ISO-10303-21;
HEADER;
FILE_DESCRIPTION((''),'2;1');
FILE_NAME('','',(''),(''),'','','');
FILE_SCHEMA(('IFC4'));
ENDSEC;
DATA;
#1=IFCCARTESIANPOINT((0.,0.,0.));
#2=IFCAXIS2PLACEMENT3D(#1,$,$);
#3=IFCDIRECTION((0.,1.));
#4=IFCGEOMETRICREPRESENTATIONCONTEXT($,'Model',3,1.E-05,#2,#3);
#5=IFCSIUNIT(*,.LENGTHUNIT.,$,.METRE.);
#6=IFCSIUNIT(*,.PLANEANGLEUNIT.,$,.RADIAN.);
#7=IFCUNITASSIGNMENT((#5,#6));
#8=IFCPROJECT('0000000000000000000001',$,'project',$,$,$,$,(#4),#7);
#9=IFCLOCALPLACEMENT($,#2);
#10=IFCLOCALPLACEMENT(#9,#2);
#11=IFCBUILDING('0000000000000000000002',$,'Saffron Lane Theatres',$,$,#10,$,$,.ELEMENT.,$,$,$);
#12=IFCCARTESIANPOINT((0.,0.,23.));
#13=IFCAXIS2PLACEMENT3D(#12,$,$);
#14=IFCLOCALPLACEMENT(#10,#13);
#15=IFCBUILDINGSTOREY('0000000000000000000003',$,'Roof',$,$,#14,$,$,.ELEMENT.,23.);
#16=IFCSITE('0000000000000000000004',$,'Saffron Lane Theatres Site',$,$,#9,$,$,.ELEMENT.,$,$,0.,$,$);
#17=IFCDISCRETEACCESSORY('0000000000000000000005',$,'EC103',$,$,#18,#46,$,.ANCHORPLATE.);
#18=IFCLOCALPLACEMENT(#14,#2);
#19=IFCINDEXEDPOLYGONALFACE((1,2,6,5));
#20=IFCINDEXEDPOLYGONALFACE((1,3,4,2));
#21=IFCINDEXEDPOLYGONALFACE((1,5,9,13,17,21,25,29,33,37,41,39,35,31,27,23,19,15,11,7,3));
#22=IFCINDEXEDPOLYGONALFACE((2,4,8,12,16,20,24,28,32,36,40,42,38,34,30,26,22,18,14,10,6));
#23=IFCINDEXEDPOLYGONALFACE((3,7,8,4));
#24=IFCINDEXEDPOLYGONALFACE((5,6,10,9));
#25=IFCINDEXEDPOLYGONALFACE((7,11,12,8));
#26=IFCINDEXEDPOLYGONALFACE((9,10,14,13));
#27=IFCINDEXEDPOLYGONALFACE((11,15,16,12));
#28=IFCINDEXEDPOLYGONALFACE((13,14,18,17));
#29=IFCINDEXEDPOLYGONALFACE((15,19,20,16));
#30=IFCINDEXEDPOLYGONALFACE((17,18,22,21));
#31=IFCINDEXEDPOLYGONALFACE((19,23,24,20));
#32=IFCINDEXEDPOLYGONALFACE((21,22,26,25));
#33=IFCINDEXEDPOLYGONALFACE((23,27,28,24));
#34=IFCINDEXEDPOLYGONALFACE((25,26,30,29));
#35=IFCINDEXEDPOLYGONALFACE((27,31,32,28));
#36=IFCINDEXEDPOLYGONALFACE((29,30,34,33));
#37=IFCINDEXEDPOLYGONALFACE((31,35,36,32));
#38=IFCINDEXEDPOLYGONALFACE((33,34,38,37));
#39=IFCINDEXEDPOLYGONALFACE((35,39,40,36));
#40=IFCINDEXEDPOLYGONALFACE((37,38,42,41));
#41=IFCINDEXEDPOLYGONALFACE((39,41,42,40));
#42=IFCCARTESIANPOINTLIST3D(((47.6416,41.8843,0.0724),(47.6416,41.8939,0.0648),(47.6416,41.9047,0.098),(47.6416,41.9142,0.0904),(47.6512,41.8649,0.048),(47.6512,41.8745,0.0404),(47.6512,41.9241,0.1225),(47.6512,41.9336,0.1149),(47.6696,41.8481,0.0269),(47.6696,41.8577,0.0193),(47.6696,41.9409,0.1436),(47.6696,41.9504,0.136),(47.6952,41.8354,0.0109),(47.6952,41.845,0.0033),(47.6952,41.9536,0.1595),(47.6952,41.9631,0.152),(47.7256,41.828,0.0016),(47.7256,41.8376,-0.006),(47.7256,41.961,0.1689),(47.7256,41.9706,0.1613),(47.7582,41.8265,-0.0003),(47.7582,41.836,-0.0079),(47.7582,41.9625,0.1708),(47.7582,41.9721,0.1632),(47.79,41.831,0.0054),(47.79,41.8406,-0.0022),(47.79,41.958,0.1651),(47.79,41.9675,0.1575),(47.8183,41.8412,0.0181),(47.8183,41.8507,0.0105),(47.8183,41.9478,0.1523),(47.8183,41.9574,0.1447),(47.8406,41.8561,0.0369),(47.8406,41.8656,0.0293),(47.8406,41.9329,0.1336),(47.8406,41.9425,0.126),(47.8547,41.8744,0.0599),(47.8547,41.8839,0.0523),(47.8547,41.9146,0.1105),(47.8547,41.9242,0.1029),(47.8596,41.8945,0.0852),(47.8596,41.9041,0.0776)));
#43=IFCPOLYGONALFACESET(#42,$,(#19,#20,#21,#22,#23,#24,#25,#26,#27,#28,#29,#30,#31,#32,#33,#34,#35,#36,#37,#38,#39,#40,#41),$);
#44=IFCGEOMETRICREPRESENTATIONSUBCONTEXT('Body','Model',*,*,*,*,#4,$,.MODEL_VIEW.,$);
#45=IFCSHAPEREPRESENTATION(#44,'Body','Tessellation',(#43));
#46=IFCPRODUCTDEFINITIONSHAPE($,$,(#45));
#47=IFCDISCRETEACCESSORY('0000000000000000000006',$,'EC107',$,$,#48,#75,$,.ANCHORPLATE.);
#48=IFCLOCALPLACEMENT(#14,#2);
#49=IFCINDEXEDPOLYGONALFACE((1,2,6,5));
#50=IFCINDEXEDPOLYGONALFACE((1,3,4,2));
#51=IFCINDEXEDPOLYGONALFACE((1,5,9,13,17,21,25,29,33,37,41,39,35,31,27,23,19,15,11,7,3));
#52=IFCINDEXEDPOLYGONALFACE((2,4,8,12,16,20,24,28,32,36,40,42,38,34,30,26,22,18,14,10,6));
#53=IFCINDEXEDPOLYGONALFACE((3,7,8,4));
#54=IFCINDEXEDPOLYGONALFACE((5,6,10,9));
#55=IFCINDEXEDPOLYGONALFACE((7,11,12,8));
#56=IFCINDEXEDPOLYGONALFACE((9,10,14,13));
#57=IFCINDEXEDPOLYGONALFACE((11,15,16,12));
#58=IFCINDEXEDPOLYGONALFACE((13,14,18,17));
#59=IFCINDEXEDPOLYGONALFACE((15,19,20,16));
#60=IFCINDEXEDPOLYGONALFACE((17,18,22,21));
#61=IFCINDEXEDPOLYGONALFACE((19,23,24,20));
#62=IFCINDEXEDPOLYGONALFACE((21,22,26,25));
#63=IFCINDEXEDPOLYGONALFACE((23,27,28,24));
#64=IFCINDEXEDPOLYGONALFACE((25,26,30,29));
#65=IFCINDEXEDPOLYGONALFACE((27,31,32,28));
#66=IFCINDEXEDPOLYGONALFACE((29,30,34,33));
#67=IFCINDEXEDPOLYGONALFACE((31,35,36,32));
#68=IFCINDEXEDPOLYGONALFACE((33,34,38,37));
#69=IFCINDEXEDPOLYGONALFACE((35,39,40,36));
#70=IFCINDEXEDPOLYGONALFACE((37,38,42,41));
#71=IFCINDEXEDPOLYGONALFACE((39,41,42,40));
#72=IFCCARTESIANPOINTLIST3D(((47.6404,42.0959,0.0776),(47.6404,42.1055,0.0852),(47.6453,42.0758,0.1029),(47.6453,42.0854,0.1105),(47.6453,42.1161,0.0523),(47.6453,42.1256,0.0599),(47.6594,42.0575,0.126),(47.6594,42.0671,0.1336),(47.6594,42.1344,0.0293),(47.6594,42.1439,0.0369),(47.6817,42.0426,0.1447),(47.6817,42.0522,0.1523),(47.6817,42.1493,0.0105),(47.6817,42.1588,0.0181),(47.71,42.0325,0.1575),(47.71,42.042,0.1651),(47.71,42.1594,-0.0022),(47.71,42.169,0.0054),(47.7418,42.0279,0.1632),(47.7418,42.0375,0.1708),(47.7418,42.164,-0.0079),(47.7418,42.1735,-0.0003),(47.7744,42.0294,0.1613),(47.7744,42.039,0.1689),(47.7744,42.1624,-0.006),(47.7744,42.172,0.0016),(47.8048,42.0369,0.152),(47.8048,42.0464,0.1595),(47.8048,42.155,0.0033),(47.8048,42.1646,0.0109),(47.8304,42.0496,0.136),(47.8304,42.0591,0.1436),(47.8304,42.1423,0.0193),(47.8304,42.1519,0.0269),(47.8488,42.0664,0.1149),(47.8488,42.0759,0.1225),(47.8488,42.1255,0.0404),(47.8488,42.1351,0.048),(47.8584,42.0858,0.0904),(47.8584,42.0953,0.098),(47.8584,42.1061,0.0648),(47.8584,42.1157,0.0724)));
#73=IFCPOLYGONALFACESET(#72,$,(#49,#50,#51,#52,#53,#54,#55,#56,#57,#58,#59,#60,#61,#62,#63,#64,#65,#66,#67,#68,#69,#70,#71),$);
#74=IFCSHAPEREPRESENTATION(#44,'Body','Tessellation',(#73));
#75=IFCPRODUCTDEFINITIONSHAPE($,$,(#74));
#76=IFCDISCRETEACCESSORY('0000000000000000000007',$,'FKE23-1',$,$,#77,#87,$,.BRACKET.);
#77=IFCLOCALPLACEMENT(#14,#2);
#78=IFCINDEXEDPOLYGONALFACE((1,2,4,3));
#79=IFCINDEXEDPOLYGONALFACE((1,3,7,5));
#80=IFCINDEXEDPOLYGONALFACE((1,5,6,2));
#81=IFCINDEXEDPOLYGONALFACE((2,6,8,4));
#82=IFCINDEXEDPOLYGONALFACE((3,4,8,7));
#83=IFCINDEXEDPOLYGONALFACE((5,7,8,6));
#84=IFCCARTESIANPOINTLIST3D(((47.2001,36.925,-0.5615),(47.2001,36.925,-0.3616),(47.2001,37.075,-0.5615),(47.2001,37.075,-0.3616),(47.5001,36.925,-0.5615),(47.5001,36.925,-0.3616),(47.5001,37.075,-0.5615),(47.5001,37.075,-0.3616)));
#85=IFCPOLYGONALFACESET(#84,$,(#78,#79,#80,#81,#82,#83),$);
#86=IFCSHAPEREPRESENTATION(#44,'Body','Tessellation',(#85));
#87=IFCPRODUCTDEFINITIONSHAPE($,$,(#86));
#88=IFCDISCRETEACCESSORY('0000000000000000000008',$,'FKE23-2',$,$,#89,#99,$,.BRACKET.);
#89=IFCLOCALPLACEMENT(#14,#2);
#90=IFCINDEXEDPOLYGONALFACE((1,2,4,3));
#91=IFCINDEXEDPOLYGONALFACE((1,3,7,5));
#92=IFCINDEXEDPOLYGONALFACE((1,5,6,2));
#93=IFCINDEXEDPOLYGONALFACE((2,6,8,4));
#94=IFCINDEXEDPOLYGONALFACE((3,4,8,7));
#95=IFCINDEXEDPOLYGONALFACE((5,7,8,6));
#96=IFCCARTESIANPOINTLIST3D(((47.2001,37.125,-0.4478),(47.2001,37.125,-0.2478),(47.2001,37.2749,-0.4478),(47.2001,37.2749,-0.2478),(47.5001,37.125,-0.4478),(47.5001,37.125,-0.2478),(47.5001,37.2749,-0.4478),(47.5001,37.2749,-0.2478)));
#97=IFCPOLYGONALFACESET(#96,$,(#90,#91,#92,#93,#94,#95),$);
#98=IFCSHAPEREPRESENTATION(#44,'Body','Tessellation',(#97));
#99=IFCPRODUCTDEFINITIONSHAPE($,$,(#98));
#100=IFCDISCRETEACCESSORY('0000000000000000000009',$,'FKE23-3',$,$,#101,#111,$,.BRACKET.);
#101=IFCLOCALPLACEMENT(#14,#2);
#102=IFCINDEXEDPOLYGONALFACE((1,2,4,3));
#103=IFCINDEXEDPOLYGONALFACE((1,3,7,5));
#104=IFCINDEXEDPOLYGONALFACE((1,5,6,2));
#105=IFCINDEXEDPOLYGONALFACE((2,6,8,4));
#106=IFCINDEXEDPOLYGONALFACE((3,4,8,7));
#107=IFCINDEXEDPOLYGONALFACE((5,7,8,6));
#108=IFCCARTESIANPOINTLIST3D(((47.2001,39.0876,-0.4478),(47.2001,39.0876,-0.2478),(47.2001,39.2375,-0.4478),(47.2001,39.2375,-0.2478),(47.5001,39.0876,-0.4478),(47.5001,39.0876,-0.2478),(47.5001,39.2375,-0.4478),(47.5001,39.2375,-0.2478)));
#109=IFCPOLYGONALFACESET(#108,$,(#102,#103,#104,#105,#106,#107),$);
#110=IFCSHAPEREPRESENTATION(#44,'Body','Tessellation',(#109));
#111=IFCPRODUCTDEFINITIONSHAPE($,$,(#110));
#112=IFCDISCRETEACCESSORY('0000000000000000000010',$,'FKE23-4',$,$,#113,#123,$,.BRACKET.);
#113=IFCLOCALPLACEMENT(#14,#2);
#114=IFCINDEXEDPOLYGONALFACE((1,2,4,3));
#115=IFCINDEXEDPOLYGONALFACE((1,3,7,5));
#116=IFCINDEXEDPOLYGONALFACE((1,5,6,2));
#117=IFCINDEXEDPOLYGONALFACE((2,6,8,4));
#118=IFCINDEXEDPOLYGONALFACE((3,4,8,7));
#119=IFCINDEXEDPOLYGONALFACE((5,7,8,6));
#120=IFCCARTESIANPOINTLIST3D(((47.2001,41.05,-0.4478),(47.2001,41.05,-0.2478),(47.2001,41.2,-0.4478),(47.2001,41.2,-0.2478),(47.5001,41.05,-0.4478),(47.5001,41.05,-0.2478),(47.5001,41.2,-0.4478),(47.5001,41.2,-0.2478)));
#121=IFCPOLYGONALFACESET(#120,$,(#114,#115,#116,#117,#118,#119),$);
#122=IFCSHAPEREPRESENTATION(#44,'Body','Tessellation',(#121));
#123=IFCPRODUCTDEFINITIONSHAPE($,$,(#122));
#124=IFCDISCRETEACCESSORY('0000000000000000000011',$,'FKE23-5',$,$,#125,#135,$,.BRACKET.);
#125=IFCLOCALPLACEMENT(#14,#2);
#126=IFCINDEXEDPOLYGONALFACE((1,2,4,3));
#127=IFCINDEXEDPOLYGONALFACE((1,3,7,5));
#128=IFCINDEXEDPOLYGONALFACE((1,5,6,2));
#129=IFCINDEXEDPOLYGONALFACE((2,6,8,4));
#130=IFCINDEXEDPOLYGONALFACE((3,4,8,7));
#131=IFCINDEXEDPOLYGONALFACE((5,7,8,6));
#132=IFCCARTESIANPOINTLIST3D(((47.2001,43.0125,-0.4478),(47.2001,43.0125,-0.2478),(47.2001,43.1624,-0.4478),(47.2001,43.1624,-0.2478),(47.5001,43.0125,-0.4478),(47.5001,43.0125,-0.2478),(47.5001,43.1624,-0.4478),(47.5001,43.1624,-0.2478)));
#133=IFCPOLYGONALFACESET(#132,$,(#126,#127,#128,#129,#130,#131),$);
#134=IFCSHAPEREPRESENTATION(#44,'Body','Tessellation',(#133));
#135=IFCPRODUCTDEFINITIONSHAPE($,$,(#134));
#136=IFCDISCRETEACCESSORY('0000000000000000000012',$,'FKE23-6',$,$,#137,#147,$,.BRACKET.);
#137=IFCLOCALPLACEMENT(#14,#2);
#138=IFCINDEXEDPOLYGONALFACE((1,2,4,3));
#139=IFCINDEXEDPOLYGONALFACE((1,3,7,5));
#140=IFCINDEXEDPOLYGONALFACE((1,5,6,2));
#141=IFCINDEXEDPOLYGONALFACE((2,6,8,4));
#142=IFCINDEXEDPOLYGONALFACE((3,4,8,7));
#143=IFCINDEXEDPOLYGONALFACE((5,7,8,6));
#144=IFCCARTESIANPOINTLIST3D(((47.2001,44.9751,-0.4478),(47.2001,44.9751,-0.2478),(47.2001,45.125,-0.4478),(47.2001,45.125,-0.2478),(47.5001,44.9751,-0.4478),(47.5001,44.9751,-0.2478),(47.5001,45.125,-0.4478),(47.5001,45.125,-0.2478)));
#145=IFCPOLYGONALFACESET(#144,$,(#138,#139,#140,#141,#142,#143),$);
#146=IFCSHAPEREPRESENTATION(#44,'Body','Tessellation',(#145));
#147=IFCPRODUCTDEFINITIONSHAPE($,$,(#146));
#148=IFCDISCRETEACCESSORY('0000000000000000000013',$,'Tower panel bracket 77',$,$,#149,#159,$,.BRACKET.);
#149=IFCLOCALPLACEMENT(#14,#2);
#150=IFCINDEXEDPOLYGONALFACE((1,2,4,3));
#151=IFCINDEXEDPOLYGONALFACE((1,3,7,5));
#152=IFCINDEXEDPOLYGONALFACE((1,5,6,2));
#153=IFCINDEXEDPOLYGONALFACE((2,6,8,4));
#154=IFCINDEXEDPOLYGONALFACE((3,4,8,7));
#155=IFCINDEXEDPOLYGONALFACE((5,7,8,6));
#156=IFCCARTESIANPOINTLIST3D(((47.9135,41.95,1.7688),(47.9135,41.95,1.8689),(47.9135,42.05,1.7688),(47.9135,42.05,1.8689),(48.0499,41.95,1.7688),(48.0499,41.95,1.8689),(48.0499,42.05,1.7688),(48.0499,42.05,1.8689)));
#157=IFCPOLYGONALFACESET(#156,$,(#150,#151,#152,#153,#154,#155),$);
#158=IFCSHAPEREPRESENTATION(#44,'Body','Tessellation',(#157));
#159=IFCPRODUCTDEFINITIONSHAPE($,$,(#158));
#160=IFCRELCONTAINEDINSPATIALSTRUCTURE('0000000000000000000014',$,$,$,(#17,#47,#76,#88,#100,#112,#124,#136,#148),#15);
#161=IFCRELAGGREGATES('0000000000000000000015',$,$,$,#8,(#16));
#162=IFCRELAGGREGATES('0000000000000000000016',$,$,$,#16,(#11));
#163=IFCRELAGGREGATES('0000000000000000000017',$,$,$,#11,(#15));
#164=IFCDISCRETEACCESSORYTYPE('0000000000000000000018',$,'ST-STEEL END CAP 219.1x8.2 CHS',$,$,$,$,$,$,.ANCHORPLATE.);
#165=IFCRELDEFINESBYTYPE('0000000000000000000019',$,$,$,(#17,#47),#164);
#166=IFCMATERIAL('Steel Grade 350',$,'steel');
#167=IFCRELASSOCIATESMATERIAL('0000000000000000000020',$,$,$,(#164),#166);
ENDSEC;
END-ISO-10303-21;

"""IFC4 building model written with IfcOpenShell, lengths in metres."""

from ifc_helpers import new_model, si_unit, direction, frame, origin, origin_2d, place, context, subcontext, project, spatial, rectangle, circle, extrude, material, material_profile, profile_set, type_object, element, save


model = new_model("IFC4")

# Units and contexts
model_context = context("Model", 3, precision=1e-05, world=origin(), true_north=direction((0.0, 1.0)))
body_context = subcontext(model_context, "Body", "Model", "MODEL_VIEW")
ifc_project = project(units=[si_unit("LENGTHUNIT", "METRE"), si_unit("PLANEANGLEUNIT", "RADIAN")], contexts=[model_context])

# Site, building, storey
site_placement = place(None, origin())
site = spatial("IfcSite", under=ifc_project, at=site_placement, Name="Saffron Lane Theatres Site", CompositionType="ELEMENT", RefElevation=0.0)
building_placement = place(site_placement, origin())
building = spatial("IfcBuilding", under=site, at=building_placement, Name="Saffron Lane Theatres", CompositionType="ELEMENT")
storey_placement = place(building_placement, frame((0.0, 0.0, 23.0)))
storey = spatial("IfcBuildingStorey", under=building, at=storey_placement, Name="Roof", CompositionType="ELEMENT", Elevation=23.0)

# Discrete accessories
ifc_material_1 = material(Name="Steel Grade 350", Category="steel")
ifc_material_profile_1 = material_profile(ifc_material_1, circle(Radius=0.1096, at=origin_2d()))
ifc_profile_set_1 = profile_set([ifc_material_profile_1], Name="Steel Grade 350")
discrete_accessory_type_1 = type_object("IfcDiscreteAccessoryType", Name="ST-STEEL END CAP 219.1x8.2 CHS", PredefinedType="ANCHORPLATE", material=ifc_profile_set_1)
for number, where, z_axis, x_axis, name in (
    (1, (47.75, 41.9041, 0.0776), (0.0, -0.782823, 0.622244), (1.0, 0.0, 0.0), "EC103"),
    (2, (47.75, 42.0959, 0.0776), (0.0, 0.782823, 0.622244), (-1.0, 0.0, 0.0), "EC107"),
):
    element("IfcDiscreteAccessory", number, at=place(storey_placement, frame(where, z_axis=z_axis, x_axis=x_axis)), inside=storey, type_object=discrete_accessory_type_1, Name=name, PredefinedType="ANCHORPLATE", context=body_context, shape_type="SweptSolid", body=[
        extrude(circle(Radius=0.1096, at=origin_2d()), origin(), (0.0, 0.0, 1.0), 0.0122),
    ])
for number, where, z_axis, x_axis, name in (
    (3, (47.3501, 37.0, -0.5615), (0.0, 0.0, 1.0), (1.0, 0.0, 0.0), "FKE23-1"),
    (4, (47.3501, 37.2, -0.4478), (0.0, 0.0, 1.0), (1.0, 0.0, 0.0), "FKE23-2"),
    (5, (47.3501, 39.1626, -0.4478), (0.0, 0.0, 1.0), (1.0, 0.0, 0.0), "FKE23-3"),
    (6, (47.3501, 41.125, -0.4478), (0.0, 0.0, 1.0), (1.0, 0.0, 0.0), "FKE23-4"),
    (7, (47.3501, 43.0874, -0.4478), (0.0, 0.0, 1.0), (1.0, 0.0, 0.0), "FKE23-5"),
    (8, (47.3501, 45.05, -0.4478), (0.0, 0.0, 1.0), (1.0, 0.0, 0.0), "FKE23-6"),
):
    element("IfcDiscreteAccessory", number, at=place(storey_placement, frame(where, z_axis=z_axis, x_axis=x_axis)), inside=storey, Name=name, PredefinedType="BRACKET", context=body_context, shape_type="SweptSolid", body=[
        extrude(rectangle(XDim=0.3, YDim=0.1499, at=origin_2d()), origin(), (0.0, 0.0, 1.0), 0.2),
    ])
discrete_accessory_placement = place(storey_placement, frame((47.9817, 42.0, 1.7688), z_axis=(0.0, 0.0, 1.0), x_axis=(0.0, 1.0, 0.0)))
element("IfcDiscreteAccessory", 9, at=discrete_accessory_placement, inside=storey, Name="Tower panel bracket 77", PredefinedType="BRACKET", context=body_context, shape_type="SweptSolid", body=[
    extrude(rectangle(XDim=0.1001, YDim=0.1365, at=origin_2d()), origin(), (0.0, 0.0, 1.0), 0.1001),
])

save(model, "model.ifc")
